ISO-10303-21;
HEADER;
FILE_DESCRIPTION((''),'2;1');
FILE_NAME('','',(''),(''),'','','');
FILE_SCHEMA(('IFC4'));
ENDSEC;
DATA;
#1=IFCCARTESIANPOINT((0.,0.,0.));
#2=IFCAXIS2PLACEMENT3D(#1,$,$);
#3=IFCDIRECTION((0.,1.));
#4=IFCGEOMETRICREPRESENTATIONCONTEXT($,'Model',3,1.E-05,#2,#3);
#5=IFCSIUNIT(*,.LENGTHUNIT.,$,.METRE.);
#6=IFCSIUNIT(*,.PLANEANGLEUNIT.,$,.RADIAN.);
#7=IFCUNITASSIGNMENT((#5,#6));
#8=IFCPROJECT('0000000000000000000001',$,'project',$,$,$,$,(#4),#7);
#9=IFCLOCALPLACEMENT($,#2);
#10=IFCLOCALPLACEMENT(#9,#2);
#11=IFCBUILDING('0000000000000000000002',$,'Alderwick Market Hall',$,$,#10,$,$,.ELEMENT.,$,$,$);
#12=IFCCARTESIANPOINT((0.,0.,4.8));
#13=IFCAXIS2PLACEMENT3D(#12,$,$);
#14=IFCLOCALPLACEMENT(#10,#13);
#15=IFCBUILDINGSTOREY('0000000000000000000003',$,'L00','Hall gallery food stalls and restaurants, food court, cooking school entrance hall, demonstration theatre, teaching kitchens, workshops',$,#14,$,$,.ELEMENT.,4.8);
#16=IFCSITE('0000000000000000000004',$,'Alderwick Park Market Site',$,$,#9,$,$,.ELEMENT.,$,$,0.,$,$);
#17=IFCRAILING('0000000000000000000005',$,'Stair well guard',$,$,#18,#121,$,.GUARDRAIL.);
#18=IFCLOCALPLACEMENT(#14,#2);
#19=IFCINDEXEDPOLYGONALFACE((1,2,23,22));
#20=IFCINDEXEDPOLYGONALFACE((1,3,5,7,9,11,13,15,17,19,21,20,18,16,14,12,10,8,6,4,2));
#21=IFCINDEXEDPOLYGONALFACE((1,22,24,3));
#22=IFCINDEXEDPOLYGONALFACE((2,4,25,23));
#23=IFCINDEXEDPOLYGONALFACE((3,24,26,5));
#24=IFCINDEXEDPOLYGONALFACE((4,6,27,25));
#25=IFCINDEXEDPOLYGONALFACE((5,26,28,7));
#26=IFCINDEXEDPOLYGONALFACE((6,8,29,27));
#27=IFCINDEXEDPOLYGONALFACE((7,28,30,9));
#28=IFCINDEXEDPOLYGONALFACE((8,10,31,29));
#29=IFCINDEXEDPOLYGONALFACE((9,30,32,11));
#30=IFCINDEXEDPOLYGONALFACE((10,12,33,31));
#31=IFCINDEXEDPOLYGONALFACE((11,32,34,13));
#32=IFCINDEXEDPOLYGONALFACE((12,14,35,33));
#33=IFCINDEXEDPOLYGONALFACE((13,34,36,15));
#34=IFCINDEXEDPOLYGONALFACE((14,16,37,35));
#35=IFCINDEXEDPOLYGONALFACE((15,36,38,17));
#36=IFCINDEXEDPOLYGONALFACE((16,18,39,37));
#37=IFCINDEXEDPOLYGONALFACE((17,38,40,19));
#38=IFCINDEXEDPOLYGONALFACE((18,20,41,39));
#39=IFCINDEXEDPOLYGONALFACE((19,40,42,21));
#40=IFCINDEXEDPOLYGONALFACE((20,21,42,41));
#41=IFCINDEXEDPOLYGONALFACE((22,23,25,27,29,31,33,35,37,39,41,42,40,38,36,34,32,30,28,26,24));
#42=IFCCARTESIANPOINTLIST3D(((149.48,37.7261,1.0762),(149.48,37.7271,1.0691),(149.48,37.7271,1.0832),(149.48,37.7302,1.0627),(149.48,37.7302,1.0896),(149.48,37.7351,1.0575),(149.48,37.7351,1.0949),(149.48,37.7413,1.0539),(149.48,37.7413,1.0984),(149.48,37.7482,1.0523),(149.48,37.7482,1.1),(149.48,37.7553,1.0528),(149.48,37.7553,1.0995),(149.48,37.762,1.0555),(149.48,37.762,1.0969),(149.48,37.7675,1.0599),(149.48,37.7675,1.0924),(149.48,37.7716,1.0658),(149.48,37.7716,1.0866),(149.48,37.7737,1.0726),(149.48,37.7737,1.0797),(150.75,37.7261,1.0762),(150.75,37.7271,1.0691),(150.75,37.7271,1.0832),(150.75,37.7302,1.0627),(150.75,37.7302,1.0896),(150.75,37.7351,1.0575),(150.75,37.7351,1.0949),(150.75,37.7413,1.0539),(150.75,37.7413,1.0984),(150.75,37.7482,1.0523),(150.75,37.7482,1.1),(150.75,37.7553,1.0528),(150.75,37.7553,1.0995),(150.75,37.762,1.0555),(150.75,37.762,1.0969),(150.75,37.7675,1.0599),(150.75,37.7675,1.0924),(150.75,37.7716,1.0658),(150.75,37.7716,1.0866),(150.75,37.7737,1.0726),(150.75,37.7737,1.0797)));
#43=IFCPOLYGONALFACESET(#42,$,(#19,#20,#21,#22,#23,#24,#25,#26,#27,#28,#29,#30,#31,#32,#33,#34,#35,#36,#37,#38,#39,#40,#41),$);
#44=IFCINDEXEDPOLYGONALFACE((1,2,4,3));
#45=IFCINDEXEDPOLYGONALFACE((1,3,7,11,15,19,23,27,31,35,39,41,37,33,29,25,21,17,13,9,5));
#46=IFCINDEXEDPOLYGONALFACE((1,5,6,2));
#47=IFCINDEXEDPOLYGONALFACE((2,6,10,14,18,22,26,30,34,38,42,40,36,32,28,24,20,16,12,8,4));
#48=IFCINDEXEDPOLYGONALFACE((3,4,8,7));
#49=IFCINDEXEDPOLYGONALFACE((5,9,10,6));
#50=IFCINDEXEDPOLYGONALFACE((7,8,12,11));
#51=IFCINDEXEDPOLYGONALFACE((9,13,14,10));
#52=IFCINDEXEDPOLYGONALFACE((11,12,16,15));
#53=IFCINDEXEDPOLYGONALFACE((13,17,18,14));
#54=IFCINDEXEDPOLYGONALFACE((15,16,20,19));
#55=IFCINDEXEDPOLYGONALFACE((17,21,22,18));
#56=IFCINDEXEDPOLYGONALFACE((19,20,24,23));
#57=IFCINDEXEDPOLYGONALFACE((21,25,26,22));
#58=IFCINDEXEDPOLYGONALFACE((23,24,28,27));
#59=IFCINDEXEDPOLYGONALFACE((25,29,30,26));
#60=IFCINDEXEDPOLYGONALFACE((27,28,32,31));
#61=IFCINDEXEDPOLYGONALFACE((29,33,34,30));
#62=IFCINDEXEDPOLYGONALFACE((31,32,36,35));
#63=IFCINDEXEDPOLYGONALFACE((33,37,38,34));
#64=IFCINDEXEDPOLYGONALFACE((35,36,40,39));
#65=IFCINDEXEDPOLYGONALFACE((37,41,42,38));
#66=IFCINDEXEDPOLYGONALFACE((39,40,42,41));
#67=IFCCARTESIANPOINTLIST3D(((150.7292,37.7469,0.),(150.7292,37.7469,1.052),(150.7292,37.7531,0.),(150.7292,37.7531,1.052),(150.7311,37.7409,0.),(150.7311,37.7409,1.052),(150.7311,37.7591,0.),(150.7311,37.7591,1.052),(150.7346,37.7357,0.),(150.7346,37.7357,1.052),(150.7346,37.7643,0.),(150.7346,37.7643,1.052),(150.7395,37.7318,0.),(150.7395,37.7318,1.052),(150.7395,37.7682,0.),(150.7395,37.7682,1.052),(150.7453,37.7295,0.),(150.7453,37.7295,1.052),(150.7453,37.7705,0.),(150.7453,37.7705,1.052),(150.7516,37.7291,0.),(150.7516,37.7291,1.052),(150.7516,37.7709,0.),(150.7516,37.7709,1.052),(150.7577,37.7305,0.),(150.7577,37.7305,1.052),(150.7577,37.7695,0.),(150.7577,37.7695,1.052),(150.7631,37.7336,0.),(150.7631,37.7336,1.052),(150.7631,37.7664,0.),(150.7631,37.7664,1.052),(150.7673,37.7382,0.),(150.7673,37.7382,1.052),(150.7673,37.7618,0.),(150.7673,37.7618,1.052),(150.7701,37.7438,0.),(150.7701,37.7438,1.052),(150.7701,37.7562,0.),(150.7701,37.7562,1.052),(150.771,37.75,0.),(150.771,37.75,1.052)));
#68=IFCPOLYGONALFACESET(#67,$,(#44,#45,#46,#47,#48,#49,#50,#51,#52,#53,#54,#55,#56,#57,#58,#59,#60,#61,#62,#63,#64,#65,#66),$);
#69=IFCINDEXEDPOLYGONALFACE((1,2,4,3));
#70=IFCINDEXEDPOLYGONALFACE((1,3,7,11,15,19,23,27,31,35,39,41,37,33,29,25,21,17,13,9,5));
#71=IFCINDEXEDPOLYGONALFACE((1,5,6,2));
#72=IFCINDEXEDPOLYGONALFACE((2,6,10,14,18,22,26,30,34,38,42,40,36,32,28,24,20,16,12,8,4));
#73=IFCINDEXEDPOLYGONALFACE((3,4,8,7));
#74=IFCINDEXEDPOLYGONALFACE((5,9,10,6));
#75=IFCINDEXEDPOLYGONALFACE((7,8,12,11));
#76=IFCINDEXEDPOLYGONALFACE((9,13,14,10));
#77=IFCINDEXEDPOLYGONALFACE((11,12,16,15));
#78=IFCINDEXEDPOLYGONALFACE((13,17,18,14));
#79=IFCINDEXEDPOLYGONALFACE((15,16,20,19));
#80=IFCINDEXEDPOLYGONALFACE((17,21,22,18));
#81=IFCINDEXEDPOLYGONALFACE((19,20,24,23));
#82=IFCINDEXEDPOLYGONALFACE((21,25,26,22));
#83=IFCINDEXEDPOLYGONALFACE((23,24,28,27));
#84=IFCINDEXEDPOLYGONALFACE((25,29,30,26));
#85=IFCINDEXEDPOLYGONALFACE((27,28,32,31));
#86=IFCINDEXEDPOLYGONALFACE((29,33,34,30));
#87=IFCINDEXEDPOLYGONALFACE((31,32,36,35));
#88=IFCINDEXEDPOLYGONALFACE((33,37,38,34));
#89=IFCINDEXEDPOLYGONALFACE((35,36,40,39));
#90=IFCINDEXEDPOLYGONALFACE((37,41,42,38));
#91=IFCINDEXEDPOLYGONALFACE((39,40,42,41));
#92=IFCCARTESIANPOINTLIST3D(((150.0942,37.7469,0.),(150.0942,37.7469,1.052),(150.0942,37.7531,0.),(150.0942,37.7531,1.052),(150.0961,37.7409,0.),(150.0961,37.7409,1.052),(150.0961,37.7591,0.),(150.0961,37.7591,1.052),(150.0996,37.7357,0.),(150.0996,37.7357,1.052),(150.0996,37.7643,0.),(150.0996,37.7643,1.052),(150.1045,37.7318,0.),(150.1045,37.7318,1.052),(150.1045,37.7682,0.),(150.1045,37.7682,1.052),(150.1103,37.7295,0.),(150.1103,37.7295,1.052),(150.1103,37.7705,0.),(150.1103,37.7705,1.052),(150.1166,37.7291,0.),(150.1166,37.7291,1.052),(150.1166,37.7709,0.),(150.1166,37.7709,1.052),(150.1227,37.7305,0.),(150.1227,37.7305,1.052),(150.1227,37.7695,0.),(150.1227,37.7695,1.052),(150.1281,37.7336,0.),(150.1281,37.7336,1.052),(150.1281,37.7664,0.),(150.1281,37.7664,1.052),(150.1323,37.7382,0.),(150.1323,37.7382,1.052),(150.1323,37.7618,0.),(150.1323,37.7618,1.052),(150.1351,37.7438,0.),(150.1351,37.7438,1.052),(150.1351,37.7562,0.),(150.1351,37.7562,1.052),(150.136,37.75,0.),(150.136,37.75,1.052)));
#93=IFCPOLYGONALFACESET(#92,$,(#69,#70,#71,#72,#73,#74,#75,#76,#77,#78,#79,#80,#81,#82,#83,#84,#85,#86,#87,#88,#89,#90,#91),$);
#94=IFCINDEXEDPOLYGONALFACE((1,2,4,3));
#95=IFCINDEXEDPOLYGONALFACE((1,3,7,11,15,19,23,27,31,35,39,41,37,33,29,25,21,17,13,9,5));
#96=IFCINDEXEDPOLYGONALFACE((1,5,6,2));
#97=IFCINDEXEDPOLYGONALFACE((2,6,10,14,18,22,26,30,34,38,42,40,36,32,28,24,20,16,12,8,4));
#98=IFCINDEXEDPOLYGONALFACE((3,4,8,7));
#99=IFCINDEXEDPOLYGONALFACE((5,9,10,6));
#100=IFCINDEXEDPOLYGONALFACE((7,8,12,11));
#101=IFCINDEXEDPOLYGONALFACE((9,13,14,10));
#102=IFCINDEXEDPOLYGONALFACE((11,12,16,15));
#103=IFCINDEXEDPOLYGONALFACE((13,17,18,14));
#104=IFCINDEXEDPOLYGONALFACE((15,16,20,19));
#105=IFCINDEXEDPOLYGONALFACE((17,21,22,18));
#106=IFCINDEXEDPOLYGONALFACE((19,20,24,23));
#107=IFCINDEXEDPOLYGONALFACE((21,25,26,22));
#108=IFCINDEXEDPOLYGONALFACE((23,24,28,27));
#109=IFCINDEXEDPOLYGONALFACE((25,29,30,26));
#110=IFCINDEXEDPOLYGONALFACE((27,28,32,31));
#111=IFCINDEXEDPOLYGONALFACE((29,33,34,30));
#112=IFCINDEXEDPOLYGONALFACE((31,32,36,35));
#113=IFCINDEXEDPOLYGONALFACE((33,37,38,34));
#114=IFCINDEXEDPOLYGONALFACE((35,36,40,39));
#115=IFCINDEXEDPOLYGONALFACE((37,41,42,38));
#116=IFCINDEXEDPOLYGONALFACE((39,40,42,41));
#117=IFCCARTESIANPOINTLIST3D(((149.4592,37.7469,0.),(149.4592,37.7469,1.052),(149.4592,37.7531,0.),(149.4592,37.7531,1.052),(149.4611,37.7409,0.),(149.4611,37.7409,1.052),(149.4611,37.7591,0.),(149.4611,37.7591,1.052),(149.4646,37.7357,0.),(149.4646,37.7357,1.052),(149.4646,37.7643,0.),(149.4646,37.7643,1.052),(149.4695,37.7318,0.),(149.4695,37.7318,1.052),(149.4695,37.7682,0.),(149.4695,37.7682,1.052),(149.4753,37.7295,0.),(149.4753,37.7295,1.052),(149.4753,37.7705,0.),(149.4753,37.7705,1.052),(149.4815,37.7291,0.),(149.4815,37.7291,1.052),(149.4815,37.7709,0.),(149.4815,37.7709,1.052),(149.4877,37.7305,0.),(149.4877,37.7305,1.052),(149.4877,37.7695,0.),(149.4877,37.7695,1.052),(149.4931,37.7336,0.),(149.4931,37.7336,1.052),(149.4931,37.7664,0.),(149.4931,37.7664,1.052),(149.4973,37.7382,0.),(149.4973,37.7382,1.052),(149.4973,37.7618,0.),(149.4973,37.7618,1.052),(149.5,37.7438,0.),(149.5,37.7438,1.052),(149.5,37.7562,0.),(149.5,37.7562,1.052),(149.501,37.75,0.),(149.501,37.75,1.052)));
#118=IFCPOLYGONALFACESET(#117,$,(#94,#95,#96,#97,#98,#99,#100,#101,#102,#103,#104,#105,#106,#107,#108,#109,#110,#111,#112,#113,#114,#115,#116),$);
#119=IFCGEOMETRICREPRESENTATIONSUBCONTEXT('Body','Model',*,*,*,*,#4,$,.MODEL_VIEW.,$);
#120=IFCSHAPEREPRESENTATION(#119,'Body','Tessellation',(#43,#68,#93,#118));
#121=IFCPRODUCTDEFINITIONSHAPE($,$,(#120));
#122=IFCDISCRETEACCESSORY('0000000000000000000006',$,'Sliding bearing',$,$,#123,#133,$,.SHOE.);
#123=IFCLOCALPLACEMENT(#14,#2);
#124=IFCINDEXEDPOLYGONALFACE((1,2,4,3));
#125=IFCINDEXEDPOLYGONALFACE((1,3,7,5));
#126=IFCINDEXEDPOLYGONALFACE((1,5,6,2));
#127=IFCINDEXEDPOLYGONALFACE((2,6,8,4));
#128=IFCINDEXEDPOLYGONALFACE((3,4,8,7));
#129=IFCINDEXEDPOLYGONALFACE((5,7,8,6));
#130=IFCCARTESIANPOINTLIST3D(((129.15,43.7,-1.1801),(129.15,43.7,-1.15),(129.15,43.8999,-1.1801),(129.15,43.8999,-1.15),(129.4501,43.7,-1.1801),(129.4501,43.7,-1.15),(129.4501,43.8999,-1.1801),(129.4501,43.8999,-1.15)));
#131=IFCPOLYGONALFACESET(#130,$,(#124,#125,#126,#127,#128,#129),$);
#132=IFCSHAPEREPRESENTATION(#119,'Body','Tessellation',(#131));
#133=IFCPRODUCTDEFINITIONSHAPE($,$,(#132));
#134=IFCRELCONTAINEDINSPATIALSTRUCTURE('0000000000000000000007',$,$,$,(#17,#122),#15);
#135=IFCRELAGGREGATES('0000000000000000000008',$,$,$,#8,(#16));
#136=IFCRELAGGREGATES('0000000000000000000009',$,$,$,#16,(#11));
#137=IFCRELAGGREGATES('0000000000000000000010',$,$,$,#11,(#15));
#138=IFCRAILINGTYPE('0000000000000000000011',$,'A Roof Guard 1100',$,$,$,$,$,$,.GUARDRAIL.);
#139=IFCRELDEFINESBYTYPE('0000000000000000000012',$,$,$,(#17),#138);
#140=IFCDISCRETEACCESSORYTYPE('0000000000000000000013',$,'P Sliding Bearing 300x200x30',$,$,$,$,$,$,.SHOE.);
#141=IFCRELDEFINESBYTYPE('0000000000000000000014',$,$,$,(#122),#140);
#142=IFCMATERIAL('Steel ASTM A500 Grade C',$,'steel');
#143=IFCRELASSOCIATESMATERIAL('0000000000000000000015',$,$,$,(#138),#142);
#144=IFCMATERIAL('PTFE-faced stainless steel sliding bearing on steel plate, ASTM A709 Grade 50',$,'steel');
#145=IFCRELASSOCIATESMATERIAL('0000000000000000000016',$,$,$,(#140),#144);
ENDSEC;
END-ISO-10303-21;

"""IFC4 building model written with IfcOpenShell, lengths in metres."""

from ifc_helpers import new_model, si_unit, direction, frame, origin, origin_2d, place, context, subcontext, project, spatial, rectangle, circle, extrude, material, material_profile, profile_set, type_object, element, save


model = new_model("IFC4")

# Units and contexts
model_context = context("Model", 3, precision=1e-05, world=origin(), true_north=direction((0.0, 1.0)))
body_context = subcontext(model_context, "Body", "Model", "MODEL_VIEW")
ifc_project = project(units=[si_unit("LENGTHUNIT", "METRE"), si_unit("PLANEANGLEUNIT", "RADIAN")], contexts=[model_context])

# Site, building, storey
site_placement = place(None, origin())
site = spatial("IfcSite", under=ifc_project, at=site_placement, Name="Alderwick Park Market Site", CompositionType="ELEMENT", RefElevation=0.0)
building_placement = place(site_placement, origin())
building = spatial("IfcBuilding", under=site, at=building_placement, Name="Alderwick Market Hall", CompositionType="ELEMENT")
storey_placement = place(building_placement, frame((0.0, 0.0, 4.8)))
storey = spatial("IfcBuildingStorey", under=building, at=storey_placement, Name="L00", Description="Hall gallery food stalls and restaurants, food court, cooking school entrance hall, demonstration theatre, teaching kitchens, workshops", CompositionType="ELEMENT", Elevation=4.8)

# Shared definitions
ifc_material_1 = material(Name="Steel ASTM A500 Grade C", Category="steel")

# Railing
railing_type = type_object("IfcRailingType", Name="A Roof Guard 1100", PredefinedType="GUARDRAIL", material=ifc_material_1)
railing_1_placement = place(storey_placement, frame((150.75, 37.75, 0.0)))
element("IfcRailing", 1, at=railing_1_placement, inside=storey, type_object=railing_type, Name="Stair well guard", PredefinedType="GUARDRAIL", context=body_context, shape_type="SweptSolid", body=[
    extrude(circle(Radius=0.0239, at=origin_2d()), frame((0.0, 0.0, 1.0762), z_axis=(-1.0, 0.0, 0.0), x_axis=(0.0, -1.0, 0.0)), (0.0, 0.0, 1.0), 1.27),
    extrude(circle(Radius=0.021, at=origin_2d()), origin(), (0.0, 0.0, 1.0), 1.052),
    extrude(circle(Radius=0.021, at=origin_2d()), frame((-0.635, 0.0, 0.0)), (0.0, 0.0, 1.0), 1.052),
    extrude(circle(Radius=0.021, at=origin_2d()), frame((-1.27, 0.0, 0.0)), (0.0, 0.0, 1.0), 1.052),
])

# Discrete accessory
ifc_material_2 = material(Name="PTFE-faced stainless steel sliding bearing on steel plate, ASTM A709 Grade 50", Category="steel")
ifc_material_profile_1 = material_profile(ifc_material_2, rectangle(XDim=0.3, YDim=0.03, at=origin_2d()), Name="P Sliding Bearing 300x200x30")
ifc_profile_set_1 = profile_set([ifc_material_profile_1], Name="PTFE-faced stainless steel sliding bearing on steel plate, ASTM A709 Grade 50")
discrete_accessory_type = type_object("IfcDiscreteAccessoryType", Name="P Sliding Bearing 300x200x30", PredefinedType="SHOE", material=ifc_profile_set_1)
discrete_accessory_placement = place(storey_placement, frame((129.3, 43.8999, -1.165), z_axis=(0.0, -1.0, 0.0), x_axis=(1.0, 0.0, 0.0)))
element("IfcDiscreteAccessory", 2, at=discrete_accessory_placement, inside=storey, type_object=discrete_accessory_type, Name="Sliding bearing", PredefinedType="SHOE", context=body_context, shape_type="SweptSolid", body=[
    extrude(rectangle(XDim=0.3, YDim=0.03, at=origin_2d()), origin(), (0.0, 0.0, 1.0), 0.2),
])

save(model, "model.ifc")
